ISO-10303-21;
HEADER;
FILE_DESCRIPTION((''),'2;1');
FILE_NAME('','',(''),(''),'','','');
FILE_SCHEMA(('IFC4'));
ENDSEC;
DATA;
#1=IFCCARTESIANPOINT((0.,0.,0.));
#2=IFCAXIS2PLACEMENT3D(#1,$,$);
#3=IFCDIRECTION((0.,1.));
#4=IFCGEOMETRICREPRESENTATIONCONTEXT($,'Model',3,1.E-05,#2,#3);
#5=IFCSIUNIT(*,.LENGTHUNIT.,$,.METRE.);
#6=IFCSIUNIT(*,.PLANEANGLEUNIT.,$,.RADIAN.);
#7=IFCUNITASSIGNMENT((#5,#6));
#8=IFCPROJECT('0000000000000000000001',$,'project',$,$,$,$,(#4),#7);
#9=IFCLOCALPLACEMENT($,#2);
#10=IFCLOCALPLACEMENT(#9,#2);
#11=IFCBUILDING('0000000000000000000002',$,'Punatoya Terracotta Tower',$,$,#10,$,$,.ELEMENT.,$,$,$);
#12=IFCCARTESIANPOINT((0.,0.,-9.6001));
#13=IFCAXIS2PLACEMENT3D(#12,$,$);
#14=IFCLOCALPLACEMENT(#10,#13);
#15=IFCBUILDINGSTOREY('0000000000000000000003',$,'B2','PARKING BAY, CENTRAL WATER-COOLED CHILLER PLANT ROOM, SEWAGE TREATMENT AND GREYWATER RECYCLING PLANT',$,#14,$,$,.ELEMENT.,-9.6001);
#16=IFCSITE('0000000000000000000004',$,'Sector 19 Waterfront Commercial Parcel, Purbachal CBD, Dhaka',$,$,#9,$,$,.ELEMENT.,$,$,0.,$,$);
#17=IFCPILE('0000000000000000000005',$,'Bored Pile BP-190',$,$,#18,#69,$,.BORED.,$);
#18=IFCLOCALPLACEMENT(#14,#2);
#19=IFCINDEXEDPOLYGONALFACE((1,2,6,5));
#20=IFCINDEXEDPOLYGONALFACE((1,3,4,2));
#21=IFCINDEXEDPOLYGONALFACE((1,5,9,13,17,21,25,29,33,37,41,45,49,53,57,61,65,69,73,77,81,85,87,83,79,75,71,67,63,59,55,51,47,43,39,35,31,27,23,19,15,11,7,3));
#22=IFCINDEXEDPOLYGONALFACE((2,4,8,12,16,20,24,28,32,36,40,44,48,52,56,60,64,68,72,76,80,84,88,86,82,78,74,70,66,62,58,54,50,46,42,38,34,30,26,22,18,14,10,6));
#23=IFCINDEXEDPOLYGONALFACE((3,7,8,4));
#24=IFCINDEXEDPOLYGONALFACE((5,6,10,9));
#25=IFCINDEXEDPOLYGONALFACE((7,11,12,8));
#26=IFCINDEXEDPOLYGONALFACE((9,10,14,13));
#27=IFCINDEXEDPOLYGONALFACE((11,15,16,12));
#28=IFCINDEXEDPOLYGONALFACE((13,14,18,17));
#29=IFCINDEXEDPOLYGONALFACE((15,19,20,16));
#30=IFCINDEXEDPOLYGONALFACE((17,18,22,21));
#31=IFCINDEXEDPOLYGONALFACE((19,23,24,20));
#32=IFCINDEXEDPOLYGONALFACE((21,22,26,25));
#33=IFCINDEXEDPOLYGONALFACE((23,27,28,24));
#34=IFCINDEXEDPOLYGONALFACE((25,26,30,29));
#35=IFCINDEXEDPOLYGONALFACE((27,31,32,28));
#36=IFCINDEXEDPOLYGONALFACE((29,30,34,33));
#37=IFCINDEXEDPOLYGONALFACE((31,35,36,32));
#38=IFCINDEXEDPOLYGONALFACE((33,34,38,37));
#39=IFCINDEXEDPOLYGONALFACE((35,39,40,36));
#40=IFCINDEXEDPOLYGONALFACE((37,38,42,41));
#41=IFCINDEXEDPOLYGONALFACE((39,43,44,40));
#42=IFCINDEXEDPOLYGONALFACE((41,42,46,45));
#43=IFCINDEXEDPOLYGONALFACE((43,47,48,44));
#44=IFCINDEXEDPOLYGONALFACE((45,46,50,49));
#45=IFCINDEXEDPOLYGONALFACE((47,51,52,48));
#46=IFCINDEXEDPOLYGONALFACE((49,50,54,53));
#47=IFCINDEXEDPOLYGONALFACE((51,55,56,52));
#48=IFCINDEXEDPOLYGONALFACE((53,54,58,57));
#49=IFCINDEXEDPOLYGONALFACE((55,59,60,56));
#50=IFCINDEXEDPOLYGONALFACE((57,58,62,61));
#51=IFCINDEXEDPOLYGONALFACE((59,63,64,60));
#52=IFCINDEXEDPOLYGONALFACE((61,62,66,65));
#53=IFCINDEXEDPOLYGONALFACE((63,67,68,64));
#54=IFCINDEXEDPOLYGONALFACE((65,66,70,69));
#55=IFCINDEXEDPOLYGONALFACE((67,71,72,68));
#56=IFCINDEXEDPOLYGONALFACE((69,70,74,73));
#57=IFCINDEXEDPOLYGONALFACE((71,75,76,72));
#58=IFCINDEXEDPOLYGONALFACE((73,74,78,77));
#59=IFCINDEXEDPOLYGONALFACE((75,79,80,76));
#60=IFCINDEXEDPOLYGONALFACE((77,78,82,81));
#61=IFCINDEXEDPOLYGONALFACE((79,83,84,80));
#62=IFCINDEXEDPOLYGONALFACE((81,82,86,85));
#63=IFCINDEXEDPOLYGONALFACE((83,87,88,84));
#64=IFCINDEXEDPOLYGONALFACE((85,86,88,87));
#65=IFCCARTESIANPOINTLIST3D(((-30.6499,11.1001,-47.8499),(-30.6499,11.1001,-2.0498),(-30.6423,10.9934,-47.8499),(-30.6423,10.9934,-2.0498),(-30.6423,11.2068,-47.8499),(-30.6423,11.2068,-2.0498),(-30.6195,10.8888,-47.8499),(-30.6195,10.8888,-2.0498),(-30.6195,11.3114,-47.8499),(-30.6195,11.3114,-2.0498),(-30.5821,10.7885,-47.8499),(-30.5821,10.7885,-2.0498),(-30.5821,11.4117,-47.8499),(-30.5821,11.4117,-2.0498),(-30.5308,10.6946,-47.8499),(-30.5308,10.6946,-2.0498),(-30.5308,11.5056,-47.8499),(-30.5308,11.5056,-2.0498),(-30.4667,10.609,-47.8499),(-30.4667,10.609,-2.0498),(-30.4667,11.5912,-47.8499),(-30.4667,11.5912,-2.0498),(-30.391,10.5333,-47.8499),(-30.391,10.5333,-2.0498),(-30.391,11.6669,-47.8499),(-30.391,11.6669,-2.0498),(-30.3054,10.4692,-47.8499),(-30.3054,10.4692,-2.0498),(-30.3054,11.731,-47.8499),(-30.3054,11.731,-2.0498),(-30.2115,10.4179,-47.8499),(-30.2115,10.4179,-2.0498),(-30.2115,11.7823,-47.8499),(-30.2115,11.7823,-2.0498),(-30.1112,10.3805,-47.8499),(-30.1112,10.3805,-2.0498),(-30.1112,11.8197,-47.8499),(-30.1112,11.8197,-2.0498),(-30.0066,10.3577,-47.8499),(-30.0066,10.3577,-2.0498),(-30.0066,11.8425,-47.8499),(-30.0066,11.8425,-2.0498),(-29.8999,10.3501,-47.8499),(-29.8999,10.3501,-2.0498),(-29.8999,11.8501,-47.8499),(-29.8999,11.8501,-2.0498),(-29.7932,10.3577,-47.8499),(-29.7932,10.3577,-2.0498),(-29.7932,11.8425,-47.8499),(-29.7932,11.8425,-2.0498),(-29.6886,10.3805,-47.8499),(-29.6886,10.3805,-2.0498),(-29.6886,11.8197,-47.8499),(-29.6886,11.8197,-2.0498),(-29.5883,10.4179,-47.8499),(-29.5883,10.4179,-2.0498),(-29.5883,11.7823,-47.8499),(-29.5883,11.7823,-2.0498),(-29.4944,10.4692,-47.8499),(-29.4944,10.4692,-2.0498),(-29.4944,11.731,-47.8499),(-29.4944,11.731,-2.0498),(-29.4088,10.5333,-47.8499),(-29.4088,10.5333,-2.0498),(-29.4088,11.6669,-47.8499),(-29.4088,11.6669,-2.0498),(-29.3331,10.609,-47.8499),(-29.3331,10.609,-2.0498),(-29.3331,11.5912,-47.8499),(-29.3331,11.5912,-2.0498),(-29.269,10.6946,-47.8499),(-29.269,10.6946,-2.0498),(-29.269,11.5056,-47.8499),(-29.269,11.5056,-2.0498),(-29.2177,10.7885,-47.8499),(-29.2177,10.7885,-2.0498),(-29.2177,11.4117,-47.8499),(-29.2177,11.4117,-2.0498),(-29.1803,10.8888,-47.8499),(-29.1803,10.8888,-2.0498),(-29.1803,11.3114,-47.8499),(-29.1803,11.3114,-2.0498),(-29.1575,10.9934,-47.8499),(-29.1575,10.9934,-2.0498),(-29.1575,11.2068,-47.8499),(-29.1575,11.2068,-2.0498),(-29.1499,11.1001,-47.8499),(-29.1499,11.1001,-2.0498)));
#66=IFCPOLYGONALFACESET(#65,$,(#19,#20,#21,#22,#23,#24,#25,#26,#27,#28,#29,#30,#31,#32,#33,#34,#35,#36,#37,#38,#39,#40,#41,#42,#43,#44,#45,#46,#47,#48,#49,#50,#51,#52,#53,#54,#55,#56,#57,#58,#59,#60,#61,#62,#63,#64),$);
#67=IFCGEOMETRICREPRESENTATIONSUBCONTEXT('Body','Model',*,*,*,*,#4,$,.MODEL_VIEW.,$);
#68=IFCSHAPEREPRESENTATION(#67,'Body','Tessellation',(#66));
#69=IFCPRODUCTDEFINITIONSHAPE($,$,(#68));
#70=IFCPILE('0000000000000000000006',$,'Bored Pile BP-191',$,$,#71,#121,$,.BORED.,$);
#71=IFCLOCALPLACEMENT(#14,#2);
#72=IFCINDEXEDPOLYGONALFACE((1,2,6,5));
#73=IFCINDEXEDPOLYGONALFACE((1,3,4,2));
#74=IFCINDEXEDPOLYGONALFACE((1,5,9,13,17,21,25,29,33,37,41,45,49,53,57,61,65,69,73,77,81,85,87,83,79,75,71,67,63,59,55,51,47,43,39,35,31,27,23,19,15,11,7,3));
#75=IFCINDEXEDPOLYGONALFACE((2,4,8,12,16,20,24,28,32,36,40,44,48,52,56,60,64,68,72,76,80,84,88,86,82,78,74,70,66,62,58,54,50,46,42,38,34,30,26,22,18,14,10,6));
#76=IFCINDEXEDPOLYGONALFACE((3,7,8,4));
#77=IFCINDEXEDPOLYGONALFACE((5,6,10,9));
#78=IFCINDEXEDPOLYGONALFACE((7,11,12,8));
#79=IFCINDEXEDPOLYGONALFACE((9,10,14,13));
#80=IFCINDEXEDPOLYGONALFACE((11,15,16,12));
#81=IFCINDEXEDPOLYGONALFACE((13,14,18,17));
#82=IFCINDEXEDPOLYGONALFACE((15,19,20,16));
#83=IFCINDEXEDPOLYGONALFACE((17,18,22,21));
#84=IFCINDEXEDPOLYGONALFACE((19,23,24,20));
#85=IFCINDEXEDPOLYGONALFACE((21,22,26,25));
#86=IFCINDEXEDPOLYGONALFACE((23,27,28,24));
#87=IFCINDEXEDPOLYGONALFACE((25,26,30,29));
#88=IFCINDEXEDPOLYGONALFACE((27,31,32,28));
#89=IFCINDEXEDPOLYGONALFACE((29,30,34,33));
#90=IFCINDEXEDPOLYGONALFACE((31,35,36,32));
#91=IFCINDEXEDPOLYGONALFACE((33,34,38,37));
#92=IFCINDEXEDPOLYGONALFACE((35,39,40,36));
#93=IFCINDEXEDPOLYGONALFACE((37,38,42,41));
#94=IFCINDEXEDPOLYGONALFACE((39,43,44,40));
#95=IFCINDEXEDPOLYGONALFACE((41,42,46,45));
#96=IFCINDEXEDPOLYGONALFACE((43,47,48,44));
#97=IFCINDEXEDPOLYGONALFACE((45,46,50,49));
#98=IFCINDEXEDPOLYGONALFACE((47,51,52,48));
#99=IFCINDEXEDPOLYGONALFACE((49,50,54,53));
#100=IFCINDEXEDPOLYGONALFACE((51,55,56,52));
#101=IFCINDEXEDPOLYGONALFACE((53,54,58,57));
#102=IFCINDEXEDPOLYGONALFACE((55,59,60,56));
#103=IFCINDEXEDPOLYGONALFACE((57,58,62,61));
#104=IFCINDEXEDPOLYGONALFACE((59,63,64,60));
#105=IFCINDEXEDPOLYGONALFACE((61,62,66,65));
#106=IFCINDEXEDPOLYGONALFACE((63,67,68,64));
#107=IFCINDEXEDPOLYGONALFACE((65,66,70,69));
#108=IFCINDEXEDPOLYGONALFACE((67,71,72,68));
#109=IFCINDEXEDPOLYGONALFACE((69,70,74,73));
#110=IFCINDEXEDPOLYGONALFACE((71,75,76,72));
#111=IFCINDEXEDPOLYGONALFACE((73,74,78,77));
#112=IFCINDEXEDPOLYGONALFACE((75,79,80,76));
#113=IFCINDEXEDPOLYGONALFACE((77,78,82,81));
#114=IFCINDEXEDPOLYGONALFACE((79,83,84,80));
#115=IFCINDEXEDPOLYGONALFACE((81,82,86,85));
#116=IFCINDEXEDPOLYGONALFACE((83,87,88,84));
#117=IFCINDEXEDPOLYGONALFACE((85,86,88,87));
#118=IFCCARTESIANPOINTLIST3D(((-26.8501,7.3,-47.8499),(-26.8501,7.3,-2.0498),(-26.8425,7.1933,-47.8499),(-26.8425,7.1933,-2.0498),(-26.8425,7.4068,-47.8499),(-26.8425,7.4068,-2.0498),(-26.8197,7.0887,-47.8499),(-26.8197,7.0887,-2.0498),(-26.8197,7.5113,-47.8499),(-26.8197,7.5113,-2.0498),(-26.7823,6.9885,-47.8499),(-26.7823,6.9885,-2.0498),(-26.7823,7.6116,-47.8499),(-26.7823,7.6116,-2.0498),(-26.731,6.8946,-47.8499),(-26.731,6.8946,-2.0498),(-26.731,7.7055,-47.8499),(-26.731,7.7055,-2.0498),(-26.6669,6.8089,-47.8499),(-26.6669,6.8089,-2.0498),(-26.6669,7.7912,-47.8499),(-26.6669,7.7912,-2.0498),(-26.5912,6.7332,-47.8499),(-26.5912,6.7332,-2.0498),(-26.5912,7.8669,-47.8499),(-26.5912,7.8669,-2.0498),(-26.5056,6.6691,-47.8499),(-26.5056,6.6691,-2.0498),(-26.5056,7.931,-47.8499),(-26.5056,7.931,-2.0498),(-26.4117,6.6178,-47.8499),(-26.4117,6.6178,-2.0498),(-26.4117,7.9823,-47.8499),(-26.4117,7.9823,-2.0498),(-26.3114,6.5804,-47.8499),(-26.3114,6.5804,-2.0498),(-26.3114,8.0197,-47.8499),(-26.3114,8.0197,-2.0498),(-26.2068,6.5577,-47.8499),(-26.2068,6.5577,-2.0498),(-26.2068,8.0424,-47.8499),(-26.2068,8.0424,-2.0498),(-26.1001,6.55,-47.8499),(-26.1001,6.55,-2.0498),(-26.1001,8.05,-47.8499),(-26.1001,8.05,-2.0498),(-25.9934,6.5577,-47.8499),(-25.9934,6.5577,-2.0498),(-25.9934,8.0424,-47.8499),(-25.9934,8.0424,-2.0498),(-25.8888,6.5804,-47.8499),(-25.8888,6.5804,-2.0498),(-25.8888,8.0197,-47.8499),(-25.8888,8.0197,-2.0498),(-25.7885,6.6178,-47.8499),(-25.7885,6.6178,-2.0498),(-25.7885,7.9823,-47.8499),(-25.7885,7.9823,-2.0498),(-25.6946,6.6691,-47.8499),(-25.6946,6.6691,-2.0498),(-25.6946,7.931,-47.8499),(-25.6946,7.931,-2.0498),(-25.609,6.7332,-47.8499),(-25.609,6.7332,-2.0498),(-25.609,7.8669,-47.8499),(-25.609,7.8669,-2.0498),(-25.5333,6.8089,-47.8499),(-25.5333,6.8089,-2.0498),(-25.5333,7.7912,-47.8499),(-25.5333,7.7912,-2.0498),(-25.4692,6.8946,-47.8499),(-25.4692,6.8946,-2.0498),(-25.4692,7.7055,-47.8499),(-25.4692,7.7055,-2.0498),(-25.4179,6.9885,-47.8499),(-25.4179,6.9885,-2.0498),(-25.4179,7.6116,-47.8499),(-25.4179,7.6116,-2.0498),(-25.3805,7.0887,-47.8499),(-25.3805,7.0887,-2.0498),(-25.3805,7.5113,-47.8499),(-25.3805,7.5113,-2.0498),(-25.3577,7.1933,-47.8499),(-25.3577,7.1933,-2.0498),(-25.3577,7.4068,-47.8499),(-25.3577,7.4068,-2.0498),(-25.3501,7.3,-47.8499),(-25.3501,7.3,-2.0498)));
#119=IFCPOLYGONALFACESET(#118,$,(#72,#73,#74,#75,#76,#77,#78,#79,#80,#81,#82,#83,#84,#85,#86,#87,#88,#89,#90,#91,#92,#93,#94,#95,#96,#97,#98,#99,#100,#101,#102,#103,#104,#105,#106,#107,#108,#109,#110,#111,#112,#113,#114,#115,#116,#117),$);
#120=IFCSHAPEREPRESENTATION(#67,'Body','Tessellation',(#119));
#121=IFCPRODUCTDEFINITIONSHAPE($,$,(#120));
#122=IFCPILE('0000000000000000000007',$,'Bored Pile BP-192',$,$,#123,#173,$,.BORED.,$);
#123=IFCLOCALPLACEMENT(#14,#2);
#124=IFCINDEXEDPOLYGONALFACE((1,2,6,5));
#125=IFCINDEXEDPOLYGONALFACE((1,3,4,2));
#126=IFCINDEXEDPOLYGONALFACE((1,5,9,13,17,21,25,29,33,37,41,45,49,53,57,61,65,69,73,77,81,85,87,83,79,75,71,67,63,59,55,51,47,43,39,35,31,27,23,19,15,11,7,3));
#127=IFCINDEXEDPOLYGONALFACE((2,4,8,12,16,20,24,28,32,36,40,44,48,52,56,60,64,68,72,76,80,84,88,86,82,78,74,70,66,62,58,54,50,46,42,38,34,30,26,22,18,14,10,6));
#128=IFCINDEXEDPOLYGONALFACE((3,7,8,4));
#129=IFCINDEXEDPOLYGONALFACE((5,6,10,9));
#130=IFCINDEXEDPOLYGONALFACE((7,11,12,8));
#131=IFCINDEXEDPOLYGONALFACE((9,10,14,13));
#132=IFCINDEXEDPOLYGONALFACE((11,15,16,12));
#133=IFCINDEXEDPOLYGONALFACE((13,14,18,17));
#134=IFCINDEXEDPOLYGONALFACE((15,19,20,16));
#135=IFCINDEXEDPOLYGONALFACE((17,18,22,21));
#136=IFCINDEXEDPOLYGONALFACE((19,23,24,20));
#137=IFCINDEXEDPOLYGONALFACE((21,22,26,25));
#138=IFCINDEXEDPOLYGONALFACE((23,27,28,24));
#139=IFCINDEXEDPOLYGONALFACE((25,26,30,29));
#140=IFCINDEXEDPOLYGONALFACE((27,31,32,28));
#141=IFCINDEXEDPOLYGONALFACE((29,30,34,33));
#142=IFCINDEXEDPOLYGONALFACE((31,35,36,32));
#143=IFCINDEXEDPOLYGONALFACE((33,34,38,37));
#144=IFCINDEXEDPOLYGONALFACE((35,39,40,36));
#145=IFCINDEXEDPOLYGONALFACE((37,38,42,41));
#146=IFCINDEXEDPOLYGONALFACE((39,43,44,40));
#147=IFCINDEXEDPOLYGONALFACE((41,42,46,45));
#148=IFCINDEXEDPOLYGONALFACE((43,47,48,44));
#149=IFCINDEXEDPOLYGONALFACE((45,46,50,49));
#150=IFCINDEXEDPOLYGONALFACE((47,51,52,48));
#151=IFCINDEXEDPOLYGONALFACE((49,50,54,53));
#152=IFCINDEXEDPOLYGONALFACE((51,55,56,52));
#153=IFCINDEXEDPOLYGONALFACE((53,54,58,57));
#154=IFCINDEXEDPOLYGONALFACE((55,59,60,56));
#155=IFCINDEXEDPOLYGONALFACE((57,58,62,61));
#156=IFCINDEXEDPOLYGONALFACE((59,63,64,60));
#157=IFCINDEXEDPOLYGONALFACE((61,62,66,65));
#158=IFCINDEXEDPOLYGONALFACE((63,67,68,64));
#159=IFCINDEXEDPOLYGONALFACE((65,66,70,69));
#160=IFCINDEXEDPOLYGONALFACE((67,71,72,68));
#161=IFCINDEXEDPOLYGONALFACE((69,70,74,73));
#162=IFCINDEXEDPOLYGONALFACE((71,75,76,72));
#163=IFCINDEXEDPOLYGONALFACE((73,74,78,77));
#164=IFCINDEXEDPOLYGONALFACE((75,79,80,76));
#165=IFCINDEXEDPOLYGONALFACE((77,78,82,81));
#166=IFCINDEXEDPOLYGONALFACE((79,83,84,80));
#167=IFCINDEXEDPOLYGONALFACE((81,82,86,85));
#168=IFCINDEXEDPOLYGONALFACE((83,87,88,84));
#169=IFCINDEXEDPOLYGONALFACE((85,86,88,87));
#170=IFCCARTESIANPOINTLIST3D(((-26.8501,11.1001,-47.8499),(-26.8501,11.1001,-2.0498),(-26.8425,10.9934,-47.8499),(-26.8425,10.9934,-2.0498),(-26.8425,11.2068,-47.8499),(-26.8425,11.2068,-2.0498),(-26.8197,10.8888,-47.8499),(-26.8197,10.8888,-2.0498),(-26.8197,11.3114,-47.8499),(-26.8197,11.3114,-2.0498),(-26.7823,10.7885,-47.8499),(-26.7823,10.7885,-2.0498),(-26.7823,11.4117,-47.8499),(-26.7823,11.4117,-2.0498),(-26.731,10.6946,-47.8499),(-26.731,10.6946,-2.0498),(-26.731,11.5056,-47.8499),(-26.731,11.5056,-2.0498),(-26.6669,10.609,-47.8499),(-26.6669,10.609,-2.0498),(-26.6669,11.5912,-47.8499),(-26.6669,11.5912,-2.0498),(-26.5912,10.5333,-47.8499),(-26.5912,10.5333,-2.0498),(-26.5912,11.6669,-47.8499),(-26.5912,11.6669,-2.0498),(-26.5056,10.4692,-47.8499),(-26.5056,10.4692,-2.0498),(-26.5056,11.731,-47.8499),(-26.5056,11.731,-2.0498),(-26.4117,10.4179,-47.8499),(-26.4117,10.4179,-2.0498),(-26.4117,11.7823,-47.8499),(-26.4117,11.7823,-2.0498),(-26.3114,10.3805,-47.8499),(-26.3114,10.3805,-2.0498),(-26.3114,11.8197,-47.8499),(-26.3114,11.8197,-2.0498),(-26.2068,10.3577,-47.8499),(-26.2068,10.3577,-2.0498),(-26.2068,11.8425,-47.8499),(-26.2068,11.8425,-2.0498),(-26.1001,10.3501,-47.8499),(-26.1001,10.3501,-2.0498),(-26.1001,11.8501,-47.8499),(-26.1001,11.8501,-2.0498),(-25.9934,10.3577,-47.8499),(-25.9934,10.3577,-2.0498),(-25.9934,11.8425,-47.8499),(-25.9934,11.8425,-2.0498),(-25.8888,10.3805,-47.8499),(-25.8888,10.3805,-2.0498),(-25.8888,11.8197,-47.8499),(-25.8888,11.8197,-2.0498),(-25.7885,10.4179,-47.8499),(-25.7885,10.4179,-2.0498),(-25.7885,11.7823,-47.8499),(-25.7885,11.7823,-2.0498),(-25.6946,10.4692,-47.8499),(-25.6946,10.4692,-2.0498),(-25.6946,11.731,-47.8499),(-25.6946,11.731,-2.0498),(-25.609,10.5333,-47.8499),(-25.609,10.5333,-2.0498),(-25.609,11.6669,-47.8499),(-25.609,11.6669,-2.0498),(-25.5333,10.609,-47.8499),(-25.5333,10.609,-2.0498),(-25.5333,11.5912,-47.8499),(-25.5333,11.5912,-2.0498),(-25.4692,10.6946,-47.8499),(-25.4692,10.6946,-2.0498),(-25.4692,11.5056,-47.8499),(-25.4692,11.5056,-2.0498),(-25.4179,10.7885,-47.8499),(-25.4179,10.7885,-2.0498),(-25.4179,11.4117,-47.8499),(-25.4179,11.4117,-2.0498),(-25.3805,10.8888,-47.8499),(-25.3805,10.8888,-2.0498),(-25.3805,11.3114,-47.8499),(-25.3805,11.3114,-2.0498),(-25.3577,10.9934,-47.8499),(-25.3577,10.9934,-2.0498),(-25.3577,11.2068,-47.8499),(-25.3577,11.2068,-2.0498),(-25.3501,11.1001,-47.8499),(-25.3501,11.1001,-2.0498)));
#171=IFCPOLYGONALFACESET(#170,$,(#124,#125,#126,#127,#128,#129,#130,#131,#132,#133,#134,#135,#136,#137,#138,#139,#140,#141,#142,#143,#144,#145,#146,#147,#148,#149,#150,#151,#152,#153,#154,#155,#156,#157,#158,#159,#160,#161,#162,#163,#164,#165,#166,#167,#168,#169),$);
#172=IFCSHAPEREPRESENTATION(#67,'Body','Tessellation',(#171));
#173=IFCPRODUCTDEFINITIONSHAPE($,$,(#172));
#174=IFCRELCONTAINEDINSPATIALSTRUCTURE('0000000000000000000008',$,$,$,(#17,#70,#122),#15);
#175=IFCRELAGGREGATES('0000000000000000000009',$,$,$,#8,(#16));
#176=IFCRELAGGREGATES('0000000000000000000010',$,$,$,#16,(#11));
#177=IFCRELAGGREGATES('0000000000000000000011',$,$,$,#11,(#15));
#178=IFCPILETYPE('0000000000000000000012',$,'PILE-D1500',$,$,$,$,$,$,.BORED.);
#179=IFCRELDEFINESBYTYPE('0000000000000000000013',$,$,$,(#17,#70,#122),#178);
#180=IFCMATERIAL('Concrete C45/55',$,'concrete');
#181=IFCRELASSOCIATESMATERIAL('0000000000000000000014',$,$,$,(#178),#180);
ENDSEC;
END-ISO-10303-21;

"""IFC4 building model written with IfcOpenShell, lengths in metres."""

from ifc_helpers import new_model, si_unit, direction, frame, origin, origin_2d, place, context, subcontext, project, spatial, circle, extrude, material, material_profile, profile_set, type_object, element, save


model = new_model("IFC4")

# Units and contexts
model_context = context("Model", 3, precision=1e-05, world=origin(), true_north=direction((0.0, 1.0)))
body_context = subcontext(model_context, "Body", "Model", "MODEL_VIEW")
ifc_project = project(units=[si_unit("LENGTHUNIT", "METRE"), si_unit("PLANEANGLEUNIT", "RADIAN")], contexts=[model_context])

# Site, building, storey
site_placement = place(None, origin())
site = spatial("IfcSite", under=ifc_project, at=site_placement, Name="Sector 19 Waterfront Commercial Parcel, Purbachal CBD, Dhaka", CompositionType="ELEMENT", RefElevation=0.0)
building_placement = place(site_placement, origin())
building = spatial("IfcBuilding", under=site, at=building_placement, Name="Punatoya Terracotta Tower", CompositionType="ELEMENT")
storey_placement = place(building_placement, frame((0.0, 0.0, -9.6001)))
storey = spatial("IfcBuildingStorey", under=building, at=storey_placement, Name="B2", Description="PARKING BAY, CENTRAL WATER-COOLED CHILLER PLANT ROOM, SEWAGE TREATMENT AND GREYWATER RECYCLING PLANT", CompositionType="ELEMENT", Elevation=-9.6001)

# Shared definitions
ifc_material_1 = material(Name="Concrete C45/55", Category="concrete")

# Piles
ifc_material_profile_1 = material_profile(ifc_material_1, circle(Radius=0.75, at=origin_2d()))
ifc_profile_set_1 = profile_set([ifc_material_profile_1], Name="Concrete C45/55")
pile_type_1 = type_object("IfcPileType", Name="PILE-D1500", PredefinedType="BORED", material=ifc_profile_set_1)
for number, where, z_axis, x_axis, name in (
    (1, (-29.8999, 11.1001, -2.0498), (0.0, 0.0, -1.0), (1.0, 0.0, 0.0), "Bored Pile BP-190"),
    (2, (-26.1001, 7.3, -2.0498), (0.0, 0.0, -1.0), (1.0, 0.0, 0.0), "Bored Pile BP-191"),
    (3, (-26.1001, 11.1001, -2.0498), (0.0, 0.0, -1.0), (1.0, 0.0, 0.0), "Bored Pile BP-192"),
):
    element("IfcPile", number, at=place(storey_placement, frame(where, z_axis=z_axis, x_axis=x_axis)), inside=storey, type_object=pile_type_1, Name=name, PredefinedType="BORED", context=body_context, shape_type="SweptSolid", body=[
        extrude(circle(Radius=0.75, at=origin_2d()), origin(), (0.0, 0.0, 1.0), 45.8),
    ])

save(model, "model.ifc")
